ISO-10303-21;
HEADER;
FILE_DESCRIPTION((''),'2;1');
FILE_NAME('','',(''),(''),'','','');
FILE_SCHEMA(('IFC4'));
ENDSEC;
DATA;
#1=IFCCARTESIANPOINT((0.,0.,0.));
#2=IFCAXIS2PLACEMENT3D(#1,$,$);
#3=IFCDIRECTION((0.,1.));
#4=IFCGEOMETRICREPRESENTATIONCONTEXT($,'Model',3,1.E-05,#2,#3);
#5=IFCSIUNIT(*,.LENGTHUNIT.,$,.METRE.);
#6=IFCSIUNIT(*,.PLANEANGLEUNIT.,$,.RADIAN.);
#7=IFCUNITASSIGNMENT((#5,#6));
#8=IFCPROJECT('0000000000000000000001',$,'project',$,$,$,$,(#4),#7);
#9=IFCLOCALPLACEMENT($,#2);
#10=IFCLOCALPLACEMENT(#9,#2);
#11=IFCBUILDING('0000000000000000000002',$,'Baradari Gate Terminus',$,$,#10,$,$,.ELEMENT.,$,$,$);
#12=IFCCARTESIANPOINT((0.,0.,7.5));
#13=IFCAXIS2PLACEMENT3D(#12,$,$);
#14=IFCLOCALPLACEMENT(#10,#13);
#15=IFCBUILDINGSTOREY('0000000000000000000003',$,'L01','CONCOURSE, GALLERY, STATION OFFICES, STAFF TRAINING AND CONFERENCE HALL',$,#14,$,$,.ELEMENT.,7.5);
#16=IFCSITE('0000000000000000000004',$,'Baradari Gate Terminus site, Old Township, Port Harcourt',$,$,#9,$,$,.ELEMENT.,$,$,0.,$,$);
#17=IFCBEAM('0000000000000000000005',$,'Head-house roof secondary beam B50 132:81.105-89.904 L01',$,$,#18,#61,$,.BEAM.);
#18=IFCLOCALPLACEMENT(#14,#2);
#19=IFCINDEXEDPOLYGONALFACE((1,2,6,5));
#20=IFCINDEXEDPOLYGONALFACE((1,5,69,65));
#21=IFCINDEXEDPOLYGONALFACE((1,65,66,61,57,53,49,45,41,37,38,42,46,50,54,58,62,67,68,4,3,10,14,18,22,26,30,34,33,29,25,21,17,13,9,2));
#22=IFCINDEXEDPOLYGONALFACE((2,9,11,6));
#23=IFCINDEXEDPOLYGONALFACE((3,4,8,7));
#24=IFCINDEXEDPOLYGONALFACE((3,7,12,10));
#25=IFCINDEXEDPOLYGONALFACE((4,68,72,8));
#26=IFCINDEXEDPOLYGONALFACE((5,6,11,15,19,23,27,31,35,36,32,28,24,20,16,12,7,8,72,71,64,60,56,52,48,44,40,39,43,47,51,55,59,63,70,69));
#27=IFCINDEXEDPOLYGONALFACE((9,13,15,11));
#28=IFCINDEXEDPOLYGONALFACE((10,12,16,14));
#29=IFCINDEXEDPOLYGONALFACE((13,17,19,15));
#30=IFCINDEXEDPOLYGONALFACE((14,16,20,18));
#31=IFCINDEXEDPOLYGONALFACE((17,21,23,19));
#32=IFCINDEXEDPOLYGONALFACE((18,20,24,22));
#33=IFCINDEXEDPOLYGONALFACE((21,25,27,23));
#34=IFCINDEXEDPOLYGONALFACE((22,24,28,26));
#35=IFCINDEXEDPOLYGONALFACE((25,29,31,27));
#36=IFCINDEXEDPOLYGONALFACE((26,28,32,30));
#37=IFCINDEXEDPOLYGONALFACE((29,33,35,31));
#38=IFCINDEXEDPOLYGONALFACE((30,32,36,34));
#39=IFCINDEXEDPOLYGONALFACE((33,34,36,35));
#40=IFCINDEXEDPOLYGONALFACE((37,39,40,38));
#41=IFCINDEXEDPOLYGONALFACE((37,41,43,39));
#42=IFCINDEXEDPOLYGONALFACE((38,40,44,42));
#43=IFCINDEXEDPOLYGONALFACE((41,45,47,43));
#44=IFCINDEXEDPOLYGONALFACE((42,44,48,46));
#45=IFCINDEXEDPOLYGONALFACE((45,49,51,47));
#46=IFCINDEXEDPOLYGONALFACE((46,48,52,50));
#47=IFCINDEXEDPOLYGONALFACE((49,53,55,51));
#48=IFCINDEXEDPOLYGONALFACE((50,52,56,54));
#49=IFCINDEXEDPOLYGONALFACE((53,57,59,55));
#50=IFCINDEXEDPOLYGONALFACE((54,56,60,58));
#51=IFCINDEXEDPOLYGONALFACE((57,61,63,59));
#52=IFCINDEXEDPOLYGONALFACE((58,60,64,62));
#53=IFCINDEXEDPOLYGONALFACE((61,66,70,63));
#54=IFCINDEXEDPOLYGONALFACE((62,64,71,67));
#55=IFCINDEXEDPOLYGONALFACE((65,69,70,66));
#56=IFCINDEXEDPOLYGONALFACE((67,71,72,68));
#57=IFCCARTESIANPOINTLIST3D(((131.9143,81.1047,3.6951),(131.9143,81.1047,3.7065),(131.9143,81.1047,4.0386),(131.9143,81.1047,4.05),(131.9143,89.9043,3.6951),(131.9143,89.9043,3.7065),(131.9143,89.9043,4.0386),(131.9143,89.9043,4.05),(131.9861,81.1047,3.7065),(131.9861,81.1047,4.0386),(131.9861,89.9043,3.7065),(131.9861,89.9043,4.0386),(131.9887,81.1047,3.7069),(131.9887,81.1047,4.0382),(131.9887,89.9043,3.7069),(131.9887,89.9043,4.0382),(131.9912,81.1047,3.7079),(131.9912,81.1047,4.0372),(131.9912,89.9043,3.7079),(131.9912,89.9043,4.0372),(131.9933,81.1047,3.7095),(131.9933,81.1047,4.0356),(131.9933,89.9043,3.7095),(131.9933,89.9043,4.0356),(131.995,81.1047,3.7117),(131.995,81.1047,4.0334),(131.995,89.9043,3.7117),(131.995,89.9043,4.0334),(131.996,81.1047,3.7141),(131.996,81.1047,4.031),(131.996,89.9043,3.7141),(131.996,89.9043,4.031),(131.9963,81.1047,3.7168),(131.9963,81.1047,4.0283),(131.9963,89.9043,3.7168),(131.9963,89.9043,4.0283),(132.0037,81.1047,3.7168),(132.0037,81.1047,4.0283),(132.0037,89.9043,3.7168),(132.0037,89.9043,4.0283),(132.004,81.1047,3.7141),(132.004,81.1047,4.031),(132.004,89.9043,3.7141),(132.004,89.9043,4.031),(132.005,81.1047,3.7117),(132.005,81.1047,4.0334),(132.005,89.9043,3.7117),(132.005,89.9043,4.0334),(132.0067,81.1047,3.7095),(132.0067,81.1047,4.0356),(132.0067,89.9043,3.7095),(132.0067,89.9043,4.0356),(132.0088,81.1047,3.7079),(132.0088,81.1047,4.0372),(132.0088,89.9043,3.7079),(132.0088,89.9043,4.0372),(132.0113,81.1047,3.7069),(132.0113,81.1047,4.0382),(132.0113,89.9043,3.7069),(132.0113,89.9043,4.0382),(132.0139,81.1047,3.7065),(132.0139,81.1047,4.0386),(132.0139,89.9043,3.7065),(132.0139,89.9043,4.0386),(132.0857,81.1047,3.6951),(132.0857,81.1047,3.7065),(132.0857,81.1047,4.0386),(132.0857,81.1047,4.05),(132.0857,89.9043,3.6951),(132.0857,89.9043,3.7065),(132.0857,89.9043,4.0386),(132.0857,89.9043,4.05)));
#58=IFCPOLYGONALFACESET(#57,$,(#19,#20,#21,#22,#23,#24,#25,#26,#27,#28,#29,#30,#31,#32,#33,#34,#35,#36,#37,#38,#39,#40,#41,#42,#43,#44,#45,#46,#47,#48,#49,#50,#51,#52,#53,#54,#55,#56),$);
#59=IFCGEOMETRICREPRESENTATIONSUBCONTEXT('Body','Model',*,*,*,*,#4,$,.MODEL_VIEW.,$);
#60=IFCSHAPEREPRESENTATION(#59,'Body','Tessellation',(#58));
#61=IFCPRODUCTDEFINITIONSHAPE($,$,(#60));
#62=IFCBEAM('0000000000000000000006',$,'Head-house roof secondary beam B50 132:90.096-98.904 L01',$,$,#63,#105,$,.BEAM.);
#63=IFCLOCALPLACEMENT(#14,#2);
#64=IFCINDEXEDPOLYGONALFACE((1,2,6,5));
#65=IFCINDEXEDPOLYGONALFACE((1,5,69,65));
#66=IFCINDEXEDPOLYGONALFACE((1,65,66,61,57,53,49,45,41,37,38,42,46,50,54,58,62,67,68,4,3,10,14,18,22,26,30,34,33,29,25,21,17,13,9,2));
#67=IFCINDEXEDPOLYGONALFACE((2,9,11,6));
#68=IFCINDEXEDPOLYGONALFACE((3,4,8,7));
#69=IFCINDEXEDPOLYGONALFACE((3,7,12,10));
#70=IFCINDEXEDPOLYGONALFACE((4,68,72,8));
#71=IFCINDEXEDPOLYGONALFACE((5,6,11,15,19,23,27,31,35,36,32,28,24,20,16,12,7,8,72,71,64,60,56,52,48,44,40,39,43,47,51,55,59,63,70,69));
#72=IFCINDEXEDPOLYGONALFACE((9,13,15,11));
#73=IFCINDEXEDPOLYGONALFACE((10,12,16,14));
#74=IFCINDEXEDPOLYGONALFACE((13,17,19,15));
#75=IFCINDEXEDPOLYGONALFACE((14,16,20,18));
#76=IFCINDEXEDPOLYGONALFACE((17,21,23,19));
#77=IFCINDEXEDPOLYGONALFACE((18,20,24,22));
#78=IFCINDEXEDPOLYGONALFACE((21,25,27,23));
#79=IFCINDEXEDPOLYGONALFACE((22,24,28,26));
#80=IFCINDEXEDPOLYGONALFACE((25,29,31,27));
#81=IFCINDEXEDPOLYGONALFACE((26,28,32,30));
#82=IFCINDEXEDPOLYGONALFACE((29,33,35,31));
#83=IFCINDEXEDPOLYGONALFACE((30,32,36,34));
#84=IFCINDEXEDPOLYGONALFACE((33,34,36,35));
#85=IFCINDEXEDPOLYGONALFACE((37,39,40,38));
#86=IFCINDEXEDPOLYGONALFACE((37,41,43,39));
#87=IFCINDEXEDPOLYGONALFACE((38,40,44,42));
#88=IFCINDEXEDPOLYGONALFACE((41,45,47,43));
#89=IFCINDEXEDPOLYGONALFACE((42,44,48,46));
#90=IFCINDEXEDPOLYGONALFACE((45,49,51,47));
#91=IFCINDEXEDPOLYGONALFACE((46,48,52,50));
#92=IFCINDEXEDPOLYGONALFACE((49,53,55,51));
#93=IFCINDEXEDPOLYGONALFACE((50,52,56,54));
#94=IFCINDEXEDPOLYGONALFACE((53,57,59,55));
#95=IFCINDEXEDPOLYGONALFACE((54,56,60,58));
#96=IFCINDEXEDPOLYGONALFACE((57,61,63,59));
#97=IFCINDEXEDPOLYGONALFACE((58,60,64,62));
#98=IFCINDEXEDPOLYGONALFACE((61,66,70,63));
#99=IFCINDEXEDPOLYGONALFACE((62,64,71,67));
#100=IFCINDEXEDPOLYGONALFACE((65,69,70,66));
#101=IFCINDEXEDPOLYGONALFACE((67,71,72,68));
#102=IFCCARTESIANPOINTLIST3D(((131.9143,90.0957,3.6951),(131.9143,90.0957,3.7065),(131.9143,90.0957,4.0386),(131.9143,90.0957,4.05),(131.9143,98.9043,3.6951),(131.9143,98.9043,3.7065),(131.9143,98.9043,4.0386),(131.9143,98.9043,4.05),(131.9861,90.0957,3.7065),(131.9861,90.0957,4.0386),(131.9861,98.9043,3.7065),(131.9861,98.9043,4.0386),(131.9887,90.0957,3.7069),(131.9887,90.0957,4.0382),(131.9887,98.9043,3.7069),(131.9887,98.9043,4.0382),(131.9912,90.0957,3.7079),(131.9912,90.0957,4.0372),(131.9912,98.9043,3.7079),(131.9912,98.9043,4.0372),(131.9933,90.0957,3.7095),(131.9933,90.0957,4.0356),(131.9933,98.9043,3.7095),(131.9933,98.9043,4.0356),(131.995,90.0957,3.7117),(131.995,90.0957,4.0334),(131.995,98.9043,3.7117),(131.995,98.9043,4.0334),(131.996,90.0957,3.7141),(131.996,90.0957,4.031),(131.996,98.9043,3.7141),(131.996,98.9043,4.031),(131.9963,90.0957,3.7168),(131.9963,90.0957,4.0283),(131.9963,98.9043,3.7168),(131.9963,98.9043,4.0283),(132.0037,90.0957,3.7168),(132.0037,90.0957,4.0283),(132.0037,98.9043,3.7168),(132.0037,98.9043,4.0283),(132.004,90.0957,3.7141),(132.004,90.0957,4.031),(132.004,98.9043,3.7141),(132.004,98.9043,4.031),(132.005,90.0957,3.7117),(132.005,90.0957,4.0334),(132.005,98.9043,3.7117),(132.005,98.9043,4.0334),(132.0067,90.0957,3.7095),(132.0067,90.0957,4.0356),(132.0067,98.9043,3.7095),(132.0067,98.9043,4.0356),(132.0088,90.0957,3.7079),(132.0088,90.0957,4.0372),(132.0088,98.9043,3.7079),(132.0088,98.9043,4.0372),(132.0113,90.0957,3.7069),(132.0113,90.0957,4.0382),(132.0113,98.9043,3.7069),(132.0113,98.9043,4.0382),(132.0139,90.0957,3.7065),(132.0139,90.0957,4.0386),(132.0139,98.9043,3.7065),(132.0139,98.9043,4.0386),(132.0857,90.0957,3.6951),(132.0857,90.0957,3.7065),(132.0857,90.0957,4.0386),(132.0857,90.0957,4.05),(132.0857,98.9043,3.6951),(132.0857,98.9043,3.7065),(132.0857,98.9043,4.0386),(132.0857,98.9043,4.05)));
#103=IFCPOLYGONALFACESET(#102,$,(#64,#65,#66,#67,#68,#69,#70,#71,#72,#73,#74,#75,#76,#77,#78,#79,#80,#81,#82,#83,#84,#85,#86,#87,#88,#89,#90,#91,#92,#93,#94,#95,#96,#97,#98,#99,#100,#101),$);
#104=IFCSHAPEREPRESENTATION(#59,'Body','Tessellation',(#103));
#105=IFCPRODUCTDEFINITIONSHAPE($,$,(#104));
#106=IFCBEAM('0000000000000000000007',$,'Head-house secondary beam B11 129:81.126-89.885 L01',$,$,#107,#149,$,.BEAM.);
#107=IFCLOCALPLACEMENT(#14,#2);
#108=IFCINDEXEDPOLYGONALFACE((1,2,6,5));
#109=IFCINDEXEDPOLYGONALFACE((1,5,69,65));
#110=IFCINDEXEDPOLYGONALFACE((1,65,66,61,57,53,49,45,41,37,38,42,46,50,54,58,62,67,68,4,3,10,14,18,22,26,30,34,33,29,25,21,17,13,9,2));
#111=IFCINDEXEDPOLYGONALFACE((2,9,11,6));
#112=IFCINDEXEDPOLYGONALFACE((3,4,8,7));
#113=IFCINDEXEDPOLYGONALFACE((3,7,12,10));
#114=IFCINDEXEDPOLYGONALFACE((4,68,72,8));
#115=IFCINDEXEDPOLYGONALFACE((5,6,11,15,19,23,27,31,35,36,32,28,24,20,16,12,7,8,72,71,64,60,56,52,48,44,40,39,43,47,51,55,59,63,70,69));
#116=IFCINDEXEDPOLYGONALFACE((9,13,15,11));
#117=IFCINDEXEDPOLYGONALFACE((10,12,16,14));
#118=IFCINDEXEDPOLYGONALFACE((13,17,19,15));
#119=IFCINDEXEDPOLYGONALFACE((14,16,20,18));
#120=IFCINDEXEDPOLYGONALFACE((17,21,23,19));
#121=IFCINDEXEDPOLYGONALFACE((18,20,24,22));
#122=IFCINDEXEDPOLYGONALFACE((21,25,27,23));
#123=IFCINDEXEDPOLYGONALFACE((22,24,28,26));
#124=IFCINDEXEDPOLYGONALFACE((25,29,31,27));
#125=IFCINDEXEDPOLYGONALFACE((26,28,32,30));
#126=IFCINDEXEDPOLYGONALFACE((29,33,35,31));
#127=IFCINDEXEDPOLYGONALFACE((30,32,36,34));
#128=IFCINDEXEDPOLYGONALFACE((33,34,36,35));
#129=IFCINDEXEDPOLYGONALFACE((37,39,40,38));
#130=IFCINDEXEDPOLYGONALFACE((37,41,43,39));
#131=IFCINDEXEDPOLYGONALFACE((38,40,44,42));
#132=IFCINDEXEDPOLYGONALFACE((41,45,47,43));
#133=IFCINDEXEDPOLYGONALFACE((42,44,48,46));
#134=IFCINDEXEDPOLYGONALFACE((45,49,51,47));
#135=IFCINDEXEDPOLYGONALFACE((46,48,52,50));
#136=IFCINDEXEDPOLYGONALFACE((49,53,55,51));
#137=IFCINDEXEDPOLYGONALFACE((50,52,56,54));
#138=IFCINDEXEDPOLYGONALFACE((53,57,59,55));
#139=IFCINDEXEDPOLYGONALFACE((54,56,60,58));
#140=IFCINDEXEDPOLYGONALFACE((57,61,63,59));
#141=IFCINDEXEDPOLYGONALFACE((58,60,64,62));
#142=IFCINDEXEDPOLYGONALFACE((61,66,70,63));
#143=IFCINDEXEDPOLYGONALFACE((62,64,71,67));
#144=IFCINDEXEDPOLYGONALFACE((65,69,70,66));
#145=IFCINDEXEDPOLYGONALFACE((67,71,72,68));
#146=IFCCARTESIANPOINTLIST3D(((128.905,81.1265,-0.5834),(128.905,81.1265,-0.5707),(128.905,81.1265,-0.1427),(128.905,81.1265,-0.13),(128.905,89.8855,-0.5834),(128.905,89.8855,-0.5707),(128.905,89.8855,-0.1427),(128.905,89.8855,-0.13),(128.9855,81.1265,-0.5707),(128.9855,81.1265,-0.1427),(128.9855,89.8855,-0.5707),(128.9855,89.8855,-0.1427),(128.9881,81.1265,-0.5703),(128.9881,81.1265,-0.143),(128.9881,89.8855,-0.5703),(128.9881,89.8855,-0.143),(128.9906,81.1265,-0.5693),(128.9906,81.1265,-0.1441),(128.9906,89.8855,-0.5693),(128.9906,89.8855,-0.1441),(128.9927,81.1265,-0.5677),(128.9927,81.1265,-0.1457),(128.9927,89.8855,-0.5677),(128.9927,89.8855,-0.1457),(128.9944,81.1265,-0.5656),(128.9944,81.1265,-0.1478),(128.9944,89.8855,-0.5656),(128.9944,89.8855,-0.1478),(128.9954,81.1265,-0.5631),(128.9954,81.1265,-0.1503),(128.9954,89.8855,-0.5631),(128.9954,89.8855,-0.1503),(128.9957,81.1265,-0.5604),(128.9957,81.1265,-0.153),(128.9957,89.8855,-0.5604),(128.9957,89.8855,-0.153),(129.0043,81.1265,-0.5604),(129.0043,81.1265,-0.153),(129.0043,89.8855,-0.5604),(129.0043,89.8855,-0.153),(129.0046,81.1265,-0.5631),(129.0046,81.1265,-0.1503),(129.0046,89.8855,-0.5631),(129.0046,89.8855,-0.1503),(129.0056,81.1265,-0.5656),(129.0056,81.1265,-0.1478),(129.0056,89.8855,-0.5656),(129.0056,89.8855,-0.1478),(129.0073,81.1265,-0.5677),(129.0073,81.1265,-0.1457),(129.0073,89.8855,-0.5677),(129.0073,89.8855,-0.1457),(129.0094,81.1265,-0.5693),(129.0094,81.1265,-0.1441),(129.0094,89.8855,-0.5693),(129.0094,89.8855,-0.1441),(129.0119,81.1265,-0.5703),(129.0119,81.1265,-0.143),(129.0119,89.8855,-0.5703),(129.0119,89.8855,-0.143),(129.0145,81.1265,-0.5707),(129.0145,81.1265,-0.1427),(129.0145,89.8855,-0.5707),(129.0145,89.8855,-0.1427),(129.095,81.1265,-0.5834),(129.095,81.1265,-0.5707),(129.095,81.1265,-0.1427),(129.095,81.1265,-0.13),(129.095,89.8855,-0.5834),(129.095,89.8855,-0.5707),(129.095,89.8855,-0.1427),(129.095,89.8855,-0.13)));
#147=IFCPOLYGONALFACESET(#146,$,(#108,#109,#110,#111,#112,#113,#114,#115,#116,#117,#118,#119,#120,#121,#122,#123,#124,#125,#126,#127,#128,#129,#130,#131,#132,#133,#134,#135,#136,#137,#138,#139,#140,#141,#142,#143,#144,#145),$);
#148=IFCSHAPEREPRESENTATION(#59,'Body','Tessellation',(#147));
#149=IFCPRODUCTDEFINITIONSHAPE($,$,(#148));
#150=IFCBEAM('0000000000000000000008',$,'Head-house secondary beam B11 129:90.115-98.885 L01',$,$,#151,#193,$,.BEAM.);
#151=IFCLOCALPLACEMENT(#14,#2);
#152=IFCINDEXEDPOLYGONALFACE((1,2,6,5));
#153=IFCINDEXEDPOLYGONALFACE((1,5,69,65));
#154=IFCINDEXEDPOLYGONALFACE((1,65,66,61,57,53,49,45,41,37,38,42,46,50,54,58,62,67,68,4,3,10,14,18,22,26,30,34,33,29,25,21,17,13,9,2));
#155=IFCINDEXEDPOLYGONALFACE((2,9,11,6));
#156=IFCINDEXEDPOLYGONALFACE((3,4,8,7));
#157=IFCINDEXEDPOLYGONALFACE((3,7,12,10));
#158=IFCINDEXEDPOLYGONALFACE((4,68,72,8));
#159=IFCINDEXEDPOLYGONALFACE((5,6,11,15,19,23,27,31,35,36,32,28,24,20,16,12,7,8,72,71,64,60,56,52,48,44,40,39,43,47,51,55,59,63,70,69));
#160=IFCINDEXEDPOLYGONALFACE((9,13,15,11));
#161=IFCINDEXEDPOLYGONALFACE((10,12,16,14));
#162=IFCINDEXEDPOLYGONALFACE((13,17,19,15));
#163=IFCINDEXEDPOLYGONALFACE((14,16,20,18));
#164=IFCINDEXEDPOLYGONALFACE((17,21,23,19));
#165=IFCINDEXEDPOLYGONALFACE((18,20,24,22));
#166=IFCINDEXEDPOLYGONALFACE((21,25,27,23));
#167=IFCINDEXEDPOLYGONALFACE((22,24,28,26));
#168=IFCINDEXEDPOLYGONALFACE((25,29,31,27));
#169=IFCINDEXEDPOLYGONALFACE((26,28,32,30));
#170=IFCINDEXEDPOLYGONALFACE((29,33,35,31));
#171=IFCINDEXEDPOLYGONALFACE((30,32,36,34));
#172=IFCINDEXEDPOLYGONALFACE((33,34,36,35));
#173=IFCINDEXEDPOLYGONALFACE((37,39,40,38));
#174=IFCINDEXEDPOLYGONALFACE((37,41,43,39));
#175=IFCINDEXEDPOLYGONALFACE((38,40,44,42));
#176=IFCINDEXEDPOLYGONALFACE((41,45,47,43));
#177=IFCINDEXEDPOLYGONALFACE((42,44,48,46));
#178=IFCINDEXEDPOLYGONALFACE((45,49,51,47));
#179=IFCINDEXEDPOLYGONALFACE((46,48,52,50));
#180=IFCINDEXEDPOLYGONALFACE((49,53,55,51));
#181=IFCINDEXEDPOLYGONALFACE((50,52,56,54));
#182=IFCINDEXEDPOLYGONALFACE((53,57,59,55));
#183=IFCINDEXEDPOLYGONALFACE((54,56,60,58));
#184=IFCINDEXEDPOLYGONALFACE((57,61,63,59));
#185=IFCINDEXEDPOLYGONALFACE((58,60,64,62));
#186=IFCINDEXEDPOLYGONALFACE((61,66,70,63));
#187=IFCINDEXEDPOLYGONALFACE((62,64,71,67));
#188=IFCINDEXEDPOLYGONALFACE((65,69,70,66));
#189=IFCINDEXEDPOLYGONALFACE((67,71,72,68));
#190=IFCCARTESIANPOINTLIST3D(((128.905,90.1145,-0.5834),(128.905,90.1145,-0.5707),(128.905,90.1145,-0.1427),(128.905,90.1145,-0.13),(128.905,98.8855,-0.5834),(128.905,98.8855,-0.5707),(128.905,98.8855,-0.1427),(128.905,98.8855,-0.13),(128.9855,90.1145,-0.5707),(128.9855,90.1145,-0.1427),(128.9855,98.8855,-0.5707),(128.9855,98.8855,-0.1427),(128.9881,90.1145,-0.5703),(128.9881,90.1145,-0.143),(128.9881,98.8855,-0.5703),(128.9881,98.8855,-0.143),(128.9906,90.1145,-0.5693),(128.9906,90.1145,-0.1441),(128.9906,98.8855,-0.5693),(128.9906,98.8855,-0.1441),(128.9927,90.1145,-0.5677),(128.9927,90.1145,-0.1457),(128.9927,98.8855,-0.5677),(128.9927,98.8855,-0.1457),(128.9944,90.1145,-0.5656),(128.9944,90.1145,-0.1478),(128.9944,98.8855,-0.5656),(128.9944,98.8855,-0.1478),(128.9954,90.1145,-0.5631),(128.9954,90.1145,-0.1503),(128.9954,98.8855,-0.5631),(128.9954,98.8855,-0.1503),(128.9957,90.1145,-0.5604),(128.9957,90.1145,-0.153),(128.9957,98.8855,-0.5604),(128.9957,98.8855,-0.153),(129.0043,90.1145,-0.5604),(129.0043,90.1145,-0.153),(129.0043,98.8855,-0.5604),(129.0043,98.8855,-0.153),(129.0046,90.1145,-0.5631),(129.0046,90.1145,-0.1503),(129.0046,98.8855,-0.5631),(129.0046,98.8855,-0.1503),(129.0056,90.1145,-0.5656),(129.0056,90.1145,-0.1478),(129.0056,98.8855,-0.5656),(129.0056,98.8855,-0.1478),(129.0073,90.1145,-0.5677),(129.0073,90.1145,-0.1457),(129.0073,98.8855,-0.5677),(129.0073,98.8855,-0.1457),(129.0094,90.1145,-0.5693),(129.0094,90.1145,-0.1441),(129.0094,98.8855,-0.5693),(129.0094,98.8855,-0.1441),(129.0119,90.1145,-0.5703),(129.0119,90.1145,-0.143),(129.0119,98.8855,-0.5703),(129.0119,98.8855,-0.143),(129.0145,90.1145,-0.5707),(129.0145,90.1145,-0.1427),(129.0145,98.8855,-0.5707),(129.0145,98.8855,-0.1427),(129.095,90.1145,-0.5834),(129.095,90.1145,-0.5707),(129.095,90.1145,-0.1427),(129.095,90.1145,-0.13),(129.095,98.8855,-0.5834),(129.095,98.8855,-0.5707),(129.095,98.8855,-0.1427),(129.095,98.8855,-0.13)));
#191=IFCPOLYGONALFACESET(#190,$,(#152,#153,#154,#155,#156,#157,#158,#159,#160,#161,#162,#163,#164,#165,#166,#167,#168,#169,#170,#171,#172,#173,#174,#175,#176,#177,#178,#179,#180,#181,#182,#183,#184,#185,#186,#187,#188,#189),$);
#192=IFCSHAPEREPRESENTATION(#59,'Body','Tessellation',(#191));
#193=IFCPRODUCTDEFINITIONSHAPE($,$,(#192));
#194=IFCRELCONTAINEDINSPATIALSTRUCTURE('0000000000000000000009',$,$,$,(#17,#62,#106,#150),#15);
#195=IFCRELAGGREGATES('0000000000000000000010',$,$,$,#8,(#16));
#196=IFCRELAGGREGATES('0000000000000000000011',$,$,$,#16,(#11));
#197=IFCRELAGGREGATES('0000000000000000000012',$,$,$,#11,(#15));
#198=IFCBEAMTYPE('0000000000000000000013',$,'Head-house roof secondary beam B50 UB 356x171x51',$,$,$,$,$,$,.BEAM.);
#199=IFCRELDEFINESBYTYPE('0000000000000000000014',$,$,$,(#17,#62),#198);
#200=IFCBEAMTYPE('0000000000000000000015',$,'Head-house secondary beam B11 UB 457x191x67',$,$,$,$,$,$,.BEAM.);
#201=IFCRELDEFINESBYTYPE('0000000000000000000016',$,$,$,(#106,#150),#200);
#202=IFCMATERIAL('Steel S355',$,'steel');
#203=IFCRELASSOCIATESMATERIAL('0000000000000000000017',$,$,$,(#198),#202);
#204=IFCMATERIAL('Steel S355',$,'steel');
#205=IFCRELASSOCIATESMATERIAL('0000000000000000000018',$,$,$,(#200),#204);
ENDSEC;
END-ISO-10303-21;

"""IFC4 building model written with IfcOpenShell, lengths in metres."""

from ifc_helpers import new_model, si_unit, direction, frame, origin, origin_2d, place, context, subcontext, project, spatial, i_section, extrude, material, material_profile, profile_set, type_object, element, save


model = new_model("IFC4")

# Units and contexts
model_context = context("Model", 3, precision=1e-05, world=origin(), true_north=direction((0.0, 1.0)))
body_context = subcontext(model_context, "Body", "Model", "MODEL_VIEW")
ifc_project = project(units=[si_unit("LENGTHUNIT", "METRE"), si_unit("PLANEANGLEUNIT", "RADIAN")], contexts=[model_context])

# Site, building, storey
site_placement = place(None, origin())
site = spatial("IfcSite", under=ifc_project, at=site_placement, Name="Baradari Gate Terminus site, Old Township, Port Harcourt", CompositionType="ELEMENT", RefElevation=0.0)
building_placement = place(site_placement, origin())
building = spatial("IfcBuilding", under=site, at=building_placement, Name="Baradari Gate Terminus", CompositionType="ELEMENT")
storey_placement = place(building_placement, frame((0.0, 0.0, 7.5)))
storey = spatial("IfcBuildingStorey", under=building, at=storey_placement, Name="L01", Description="CONCOURSE, GALLERY, STATION OFFICES, STAFF TRAINING AND CONFERENCE HALL", CompositionType="ELEMENT", Elevation=7.5)

# Beams
ifc_material_1 = material(Name="Steel S355", Category="steel")
ifc_material_profile_1 = material_profile(ifc_material_1, i_section(OverallWidth=0.1714, OverallDepth=0.355, WebThickness=0.0073, FlangeThickness=0.0115, FilletRadius=0.0103, at=origin_2d()), Name="UB 356x171x51")
ifc_profile_set_1 = profile_set([ifc_material_profile_1], Name="Steel S355")
beam_type_1 = type_object("IfcBeamType", Name="Head-house roof secondary beam B50 UB 356x171x51", PredefinedType="BEAM", material=ifc_profile_set_1)
beam_1_placement = place(storey_placement, frame((132.0, 81.1047, 3.8726), z_axis=(0.0, 1.0, 0.0), x_axis=(-1.0, 0.0, 0.0)))
element("IfcBeam", 1, at=beam_1_placement, inside=storey, type_object=beam_type_1, Name="Head-house roof secondary beam B50 132:81.105-89.904 L01", PredefinedType="BEAM", context=body_context, shape_type="SweptSolid", body=[
    extrude(i_section(OverallWidth=0.1714, OverallDepth=0.355, WebThickness=0.0073, FlangeThickness=0.0115, FilletRadius=0.0103, at=origin_2d()), origin(), (0.0, 0.0, 1.0), 8.7996),
])
beam_2_placement = place(storey_placement, frame((132.0, 90.0957, 3.8726), z_axis=(0.0, 1.0, 0.0), x_axis=(-1.0, 0.0, 0.0)))
element("IfcBeam", 2, at=beam_2_placement, inside=storey, type_object=beam_type_1, Name="Head-house roof secondary beam B50 132:90.096-98.904 L01", PredefinedType="BEAM", context=body_context, shape_type="SweptSolid", body=[
    extrude(i_section(OverallWidth=0.1714, OverallDepth=0.355, WebThickness=0.0073, FlangeThickness=0.0115, FilletRadius=0.0103, at=origin_2d()), origin(), (0.0, 0.0, 1.0), 8.8086),
])
ifc_material_2 = material(Name="Steel S355", Category="steel")
ifc_material_profile_2 = material_profile(ifc_material_2, i_section(OverallWidth=0.1899, OverallDepth=0.4534, WebThickness=0.0085, FlangeThickness=0.0127, FilletRadius=0.0103, at=origin_2d()), Name="UB 457x191x67")
ifc_profile_set_2 = profile_set([ifc_material_profile_2], Name="Steel S355")
beam_type_2 = type_object("IfcBeamType", Name="Head-house secondary beam B11 UB 457x191x67", PredefinedType="BEAM", material=ifc_profile_set_2)
beam_3_placement = place(storey_placement, frame((129.0, 81.1265, -0.3567), z_axis=(0.0, 1.0, 0.0), x_axis=(-1.0, 0.0, 0.0)))
element("IfcBeam", 3, at=beam_3_placement, inside=storey, type_object=beam_type_2, Name="Head-house secondary beam B11 129:81.126-89.885 L01", PredefinedType="BEAM", context=body_context, shape_type="SweptSolid", body=[
    extrude(i_section(OverallWidth=0.1899, OverallDepth=0.4534, WebThickness=0.0085, FlangeThickness=0.0127, FilletRadius=0.0103, at=origin_2d()), origin(), (0.0, 0.0, 1.0), 8.759),
])
beam_4_placement = place(storey_placement, frame((129.0, 90.1145, -0.3567), z_axis=(0.0, 1.0, 0.0), x_axis=(-1.0, 0.0, 0.0)))
element("IfcBeam", 4, at=beam_4_placement, inside=storey, type_object=beam_type_2, Name="Head-house secondary beam B11 129:90.115-98.885 L01", PredefinedType="BEAM", context=body_context, shape_type="SweptSolid", body=[
    extrude(i_section(OverallWidth=0.1899, OverallDepth=0.4534, WebThickness=0.0085, FlangeThickness=0.0127, FilletRadius=0.0103, at=origin_2d()), origin(), (0.0, 0.0, 1.0), 8.771),
])

save(model, "model.ifc")
